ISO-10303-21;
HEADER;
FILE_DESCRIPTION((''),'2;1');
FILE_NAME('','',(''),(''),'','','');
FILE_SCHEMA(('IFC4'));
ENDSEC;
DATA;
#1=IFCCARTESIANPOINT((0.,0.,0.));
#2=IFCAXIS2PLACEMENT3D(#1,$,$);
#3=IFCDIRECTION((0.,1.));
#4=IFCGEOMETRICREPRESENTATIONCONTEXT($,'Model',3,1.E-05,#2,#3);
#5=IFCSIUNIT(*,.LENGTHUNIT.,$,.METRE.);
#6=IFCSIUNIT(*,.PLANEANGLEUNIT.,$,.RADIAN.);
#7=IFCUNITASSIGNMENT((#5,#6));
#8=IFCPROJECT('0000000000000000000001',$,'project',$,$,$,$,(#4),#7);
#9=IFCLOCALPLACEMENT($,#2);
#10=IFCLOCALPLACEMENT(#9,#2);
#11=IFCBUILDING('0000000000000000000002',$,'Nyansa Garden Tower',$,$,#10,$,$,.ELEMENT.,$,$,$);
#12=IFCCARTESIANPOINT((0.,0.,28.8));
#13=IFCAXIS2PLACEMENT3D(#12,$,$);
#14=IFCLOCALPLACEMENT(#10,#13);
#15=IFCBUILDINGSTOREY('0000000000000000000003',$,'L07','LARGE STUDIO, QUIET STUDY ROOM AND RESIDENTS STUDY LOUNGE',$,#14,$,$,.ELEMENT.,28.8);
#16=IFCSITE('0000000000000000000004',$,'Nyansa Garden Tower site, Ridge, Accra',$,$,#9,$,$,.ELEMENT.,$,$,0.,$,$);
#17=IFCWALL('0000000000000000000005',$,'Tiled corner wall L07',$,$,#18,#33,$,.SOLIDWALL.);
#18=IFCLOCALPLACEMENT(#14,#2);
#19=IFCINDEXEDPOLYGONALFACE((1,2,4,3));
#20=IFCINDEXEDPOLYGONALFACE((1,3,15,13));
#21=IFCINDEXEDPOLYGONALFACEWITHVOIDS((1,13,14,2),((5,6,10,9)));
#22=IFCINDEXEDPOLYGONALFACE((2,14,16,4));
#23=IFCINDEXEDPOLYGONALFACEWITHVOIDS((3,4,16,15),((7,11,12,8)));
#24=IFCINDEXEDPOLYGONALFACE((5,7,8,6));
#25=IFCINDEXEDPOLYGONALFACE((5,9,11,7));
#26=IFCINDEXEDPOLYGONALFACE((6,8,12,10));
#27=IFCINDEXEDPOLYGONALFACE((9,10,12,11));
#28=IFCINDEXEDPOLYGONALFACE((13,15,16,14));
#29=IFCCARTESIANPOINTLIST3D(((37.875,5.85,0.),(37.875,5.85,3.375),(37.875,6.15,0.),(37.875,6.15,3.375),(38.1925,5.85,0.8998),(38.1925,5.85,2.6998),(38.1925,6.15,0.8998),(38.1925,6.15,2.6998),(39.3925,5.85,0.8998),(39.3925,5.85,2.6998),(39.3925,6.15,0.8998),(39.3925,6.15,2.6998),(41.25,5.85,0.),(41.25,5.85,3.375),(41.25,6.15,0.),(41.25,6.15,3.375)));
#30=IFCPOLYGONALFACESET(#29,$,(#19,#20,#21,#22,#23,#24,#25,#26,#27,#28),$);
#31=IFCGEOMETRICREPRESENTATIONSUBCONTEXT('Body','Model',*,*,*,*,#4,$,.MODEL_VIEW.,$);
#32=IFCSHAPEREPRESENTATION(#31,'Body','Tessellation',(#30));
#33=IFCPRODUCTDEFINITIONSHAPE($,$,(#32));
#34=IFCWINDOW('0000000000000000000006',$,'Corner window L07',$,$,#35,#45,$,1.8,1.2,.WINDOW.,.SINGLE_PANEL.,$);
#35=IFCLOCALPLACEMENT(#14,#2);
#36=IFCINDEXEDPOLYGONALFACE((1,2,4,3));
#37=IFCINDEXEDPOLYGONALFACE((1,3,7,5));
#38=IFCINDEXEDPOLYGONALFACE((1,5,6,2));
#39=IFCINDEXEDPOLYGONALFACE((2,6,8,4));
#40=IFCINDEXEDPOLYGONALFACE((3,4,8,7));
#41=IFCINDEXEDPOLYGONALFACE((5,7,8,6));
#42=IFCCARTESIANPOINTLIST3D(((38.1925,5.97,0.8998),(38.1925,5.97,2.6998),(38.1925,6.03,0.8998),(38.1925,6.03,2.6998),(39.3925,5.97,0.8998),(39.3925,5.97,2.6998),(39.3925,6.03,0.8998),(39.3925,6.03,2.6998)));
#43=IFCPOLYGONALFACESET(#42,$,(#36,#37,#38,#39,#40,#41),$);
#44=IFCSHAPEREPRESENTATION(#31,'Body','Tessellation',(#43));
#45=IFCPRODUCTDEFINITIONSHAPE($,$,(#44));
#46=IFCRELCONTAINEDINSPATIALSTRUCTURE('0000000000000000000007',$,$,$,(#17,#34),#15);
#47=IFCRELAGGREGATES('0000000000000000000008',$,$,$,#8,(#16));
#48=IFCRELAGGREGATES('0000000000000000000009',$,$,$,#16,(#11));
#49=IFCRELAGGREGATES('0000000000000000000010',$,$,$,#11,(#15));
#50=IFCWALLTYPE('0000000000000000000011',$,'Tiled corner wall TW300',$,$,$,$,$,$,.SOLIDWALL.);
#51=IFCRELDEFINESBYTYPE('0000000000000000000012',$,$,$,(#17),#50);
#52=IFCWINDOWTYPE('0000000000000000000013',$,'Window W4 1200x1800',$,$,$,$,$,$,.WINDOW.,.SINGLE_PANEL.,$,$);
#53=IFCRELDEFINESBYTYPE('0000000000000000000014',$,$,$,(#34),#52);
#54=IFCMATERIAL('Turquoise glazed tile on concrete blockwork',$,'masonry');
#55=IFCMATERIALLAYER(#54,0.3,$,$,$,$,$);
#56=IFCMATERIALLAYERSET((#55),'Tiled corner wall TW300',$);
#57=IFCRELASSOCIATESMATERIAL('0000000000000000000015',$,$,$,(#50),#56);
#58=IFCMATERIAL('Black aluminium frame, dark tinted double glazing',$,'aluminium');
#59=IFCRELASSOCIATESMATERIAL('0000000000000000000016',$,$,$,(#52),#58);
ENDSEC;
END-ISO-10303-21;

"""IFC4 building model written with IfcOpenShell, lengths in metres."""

from ifc_helpers import new_model, si_unit, direction, frame, frame_2d, origin, place, context, subcontext, project, spatial, rectangle, extrude, material, layer, layer_set, type_object, element, fill, save


model = new_model("IFC4")

# Units and contexts
model_context = context("Model", 3, precision=1e-05, world=origin(), true_north=direction((0.0, 1.0)))
body_context = subcontext(model_context, "Body", "Model", "MODEL_VIEW")
ifc_project = project(units=[si_unit("LENGTHUNIT", "METRE"), si_unit("PLANEANGLEUNIT", "RADIAN")], contexts=[model_context])

# Site, building, storey
site_placement = place(None, origin())
site = spatial("IfcSite", under=ifc_project, at=site_placement, Name="Nyansa Garden Tower site, Ridge, Accra", CompositionType="ELEMENT", RefElevation=0.0)
building_placement = place(site_placement, origin())
building = spatial("IfcBuilding", under=site, at=building_placement, Name="Nyansa Garden Tower", CompositionType="ELEMENT")
storey_placement = place(building_placement, frame((0.0, 0.0, 28.8)))
storey = spatial("IfcBuildingStorey", under=building, at=storey_placement, Name="L07", Description="LARGE STUDIO, QUIET STUDY ROOM AND RESIDENTS STUDY LOUNGE", CompositionType="ELEMENT", Elevation=28.8)

# Wall, opening, window
ifc_material_1 = material(Name="Turquoise glazed tile on concrete blockwork", Category="masonry")
ifc_layer_1 = layer(ifc_material_1, 0.3)
ifc_layer_set_1 = layer_set([ifc_layer_1], Name="Tiled corner wall TW300")
wall_type = type_object("IfcWallType", Name="Tiled corner wall TW300", PredefinedType="SOLIDWALL", material=ifc_layer_set_1)
ifc_material_2 = material(Name="Black aluminium frame, dark tinted double glazing", Category="aluminium")
window_type_1 = type_object("IfcWindowType", Name="Window W4 1200x1800", PartitioningType="SINGLE_PANEL", PredefinedType="WINDOW", material=ifc_material_2)
wall_1_placement = place(storey_placement, frame((37.875, 6.0, 0.0), z_axis=(0.0, 0.0, 1.0), x_axis=(1.0, 0.0, 0.0)))
wall_1 = element("IfcWall", 1, at=wall_1_placement, inside=storey, type_object=wall_type, Name="Tiled corner wall L07", PredefinedType="SOLIDWALL", context=body_context, shape_type="SweptSolid", body=[
    extrude(rectangle(XDim=3.375, YDim=0.3, at=frame_2d((1.6875, 0.0))), origin(), (0.0, 0.0, 1.0), 3.375),
])
opening_1_placement = place(wall_1_placement, frame((0.3174, 0.0, 0.8999)))
opening_1 = element("IfcOpeningElement", 2, at=opening_1_placement, cuts=wall_1, PredefinedType="OPENING", context=body_context, shape_type="SweptSolid", body=[
    extrude(rectangle(XDim=1.2, YDim=1.8, at=frame_2d((0.6001, 0.8999))), frame((0.0, 0.1599, 0.0), z_axis=(0.0, -1.0, 0.0), x_axis=(1.0, 0.0, 0.0)), (0.0, 0.0, 1.0), 0.3201),
])
window_1_placement = place(opening_1_placement, origin())
window_1 = element("IfcWindow", 3, at=window_1_placement, inside=storey, type_object=window_type_1, Name="Corner window L07", OverallHeight=1.8, OverallWidth=1.2, PartitioningType="SINGLE_PANEL", PredefinedType="WINDOW", context=body_context, shape_type="SweptSolid", body=[
    extrude(rectangle(XDim=1.2, YDim=1.8, at=frame_2d((0.6001, 0.8999))), frame((0.0, 0.03, 0.0), z_axis=(0.0, -1.0, 0.0), x_axis=(1.0, 0.0, 0.0)), (0.0, 0.0, 1.0), 0.0601),
])
fill(opening_1, window_1)

save(model, "model.ifc")
